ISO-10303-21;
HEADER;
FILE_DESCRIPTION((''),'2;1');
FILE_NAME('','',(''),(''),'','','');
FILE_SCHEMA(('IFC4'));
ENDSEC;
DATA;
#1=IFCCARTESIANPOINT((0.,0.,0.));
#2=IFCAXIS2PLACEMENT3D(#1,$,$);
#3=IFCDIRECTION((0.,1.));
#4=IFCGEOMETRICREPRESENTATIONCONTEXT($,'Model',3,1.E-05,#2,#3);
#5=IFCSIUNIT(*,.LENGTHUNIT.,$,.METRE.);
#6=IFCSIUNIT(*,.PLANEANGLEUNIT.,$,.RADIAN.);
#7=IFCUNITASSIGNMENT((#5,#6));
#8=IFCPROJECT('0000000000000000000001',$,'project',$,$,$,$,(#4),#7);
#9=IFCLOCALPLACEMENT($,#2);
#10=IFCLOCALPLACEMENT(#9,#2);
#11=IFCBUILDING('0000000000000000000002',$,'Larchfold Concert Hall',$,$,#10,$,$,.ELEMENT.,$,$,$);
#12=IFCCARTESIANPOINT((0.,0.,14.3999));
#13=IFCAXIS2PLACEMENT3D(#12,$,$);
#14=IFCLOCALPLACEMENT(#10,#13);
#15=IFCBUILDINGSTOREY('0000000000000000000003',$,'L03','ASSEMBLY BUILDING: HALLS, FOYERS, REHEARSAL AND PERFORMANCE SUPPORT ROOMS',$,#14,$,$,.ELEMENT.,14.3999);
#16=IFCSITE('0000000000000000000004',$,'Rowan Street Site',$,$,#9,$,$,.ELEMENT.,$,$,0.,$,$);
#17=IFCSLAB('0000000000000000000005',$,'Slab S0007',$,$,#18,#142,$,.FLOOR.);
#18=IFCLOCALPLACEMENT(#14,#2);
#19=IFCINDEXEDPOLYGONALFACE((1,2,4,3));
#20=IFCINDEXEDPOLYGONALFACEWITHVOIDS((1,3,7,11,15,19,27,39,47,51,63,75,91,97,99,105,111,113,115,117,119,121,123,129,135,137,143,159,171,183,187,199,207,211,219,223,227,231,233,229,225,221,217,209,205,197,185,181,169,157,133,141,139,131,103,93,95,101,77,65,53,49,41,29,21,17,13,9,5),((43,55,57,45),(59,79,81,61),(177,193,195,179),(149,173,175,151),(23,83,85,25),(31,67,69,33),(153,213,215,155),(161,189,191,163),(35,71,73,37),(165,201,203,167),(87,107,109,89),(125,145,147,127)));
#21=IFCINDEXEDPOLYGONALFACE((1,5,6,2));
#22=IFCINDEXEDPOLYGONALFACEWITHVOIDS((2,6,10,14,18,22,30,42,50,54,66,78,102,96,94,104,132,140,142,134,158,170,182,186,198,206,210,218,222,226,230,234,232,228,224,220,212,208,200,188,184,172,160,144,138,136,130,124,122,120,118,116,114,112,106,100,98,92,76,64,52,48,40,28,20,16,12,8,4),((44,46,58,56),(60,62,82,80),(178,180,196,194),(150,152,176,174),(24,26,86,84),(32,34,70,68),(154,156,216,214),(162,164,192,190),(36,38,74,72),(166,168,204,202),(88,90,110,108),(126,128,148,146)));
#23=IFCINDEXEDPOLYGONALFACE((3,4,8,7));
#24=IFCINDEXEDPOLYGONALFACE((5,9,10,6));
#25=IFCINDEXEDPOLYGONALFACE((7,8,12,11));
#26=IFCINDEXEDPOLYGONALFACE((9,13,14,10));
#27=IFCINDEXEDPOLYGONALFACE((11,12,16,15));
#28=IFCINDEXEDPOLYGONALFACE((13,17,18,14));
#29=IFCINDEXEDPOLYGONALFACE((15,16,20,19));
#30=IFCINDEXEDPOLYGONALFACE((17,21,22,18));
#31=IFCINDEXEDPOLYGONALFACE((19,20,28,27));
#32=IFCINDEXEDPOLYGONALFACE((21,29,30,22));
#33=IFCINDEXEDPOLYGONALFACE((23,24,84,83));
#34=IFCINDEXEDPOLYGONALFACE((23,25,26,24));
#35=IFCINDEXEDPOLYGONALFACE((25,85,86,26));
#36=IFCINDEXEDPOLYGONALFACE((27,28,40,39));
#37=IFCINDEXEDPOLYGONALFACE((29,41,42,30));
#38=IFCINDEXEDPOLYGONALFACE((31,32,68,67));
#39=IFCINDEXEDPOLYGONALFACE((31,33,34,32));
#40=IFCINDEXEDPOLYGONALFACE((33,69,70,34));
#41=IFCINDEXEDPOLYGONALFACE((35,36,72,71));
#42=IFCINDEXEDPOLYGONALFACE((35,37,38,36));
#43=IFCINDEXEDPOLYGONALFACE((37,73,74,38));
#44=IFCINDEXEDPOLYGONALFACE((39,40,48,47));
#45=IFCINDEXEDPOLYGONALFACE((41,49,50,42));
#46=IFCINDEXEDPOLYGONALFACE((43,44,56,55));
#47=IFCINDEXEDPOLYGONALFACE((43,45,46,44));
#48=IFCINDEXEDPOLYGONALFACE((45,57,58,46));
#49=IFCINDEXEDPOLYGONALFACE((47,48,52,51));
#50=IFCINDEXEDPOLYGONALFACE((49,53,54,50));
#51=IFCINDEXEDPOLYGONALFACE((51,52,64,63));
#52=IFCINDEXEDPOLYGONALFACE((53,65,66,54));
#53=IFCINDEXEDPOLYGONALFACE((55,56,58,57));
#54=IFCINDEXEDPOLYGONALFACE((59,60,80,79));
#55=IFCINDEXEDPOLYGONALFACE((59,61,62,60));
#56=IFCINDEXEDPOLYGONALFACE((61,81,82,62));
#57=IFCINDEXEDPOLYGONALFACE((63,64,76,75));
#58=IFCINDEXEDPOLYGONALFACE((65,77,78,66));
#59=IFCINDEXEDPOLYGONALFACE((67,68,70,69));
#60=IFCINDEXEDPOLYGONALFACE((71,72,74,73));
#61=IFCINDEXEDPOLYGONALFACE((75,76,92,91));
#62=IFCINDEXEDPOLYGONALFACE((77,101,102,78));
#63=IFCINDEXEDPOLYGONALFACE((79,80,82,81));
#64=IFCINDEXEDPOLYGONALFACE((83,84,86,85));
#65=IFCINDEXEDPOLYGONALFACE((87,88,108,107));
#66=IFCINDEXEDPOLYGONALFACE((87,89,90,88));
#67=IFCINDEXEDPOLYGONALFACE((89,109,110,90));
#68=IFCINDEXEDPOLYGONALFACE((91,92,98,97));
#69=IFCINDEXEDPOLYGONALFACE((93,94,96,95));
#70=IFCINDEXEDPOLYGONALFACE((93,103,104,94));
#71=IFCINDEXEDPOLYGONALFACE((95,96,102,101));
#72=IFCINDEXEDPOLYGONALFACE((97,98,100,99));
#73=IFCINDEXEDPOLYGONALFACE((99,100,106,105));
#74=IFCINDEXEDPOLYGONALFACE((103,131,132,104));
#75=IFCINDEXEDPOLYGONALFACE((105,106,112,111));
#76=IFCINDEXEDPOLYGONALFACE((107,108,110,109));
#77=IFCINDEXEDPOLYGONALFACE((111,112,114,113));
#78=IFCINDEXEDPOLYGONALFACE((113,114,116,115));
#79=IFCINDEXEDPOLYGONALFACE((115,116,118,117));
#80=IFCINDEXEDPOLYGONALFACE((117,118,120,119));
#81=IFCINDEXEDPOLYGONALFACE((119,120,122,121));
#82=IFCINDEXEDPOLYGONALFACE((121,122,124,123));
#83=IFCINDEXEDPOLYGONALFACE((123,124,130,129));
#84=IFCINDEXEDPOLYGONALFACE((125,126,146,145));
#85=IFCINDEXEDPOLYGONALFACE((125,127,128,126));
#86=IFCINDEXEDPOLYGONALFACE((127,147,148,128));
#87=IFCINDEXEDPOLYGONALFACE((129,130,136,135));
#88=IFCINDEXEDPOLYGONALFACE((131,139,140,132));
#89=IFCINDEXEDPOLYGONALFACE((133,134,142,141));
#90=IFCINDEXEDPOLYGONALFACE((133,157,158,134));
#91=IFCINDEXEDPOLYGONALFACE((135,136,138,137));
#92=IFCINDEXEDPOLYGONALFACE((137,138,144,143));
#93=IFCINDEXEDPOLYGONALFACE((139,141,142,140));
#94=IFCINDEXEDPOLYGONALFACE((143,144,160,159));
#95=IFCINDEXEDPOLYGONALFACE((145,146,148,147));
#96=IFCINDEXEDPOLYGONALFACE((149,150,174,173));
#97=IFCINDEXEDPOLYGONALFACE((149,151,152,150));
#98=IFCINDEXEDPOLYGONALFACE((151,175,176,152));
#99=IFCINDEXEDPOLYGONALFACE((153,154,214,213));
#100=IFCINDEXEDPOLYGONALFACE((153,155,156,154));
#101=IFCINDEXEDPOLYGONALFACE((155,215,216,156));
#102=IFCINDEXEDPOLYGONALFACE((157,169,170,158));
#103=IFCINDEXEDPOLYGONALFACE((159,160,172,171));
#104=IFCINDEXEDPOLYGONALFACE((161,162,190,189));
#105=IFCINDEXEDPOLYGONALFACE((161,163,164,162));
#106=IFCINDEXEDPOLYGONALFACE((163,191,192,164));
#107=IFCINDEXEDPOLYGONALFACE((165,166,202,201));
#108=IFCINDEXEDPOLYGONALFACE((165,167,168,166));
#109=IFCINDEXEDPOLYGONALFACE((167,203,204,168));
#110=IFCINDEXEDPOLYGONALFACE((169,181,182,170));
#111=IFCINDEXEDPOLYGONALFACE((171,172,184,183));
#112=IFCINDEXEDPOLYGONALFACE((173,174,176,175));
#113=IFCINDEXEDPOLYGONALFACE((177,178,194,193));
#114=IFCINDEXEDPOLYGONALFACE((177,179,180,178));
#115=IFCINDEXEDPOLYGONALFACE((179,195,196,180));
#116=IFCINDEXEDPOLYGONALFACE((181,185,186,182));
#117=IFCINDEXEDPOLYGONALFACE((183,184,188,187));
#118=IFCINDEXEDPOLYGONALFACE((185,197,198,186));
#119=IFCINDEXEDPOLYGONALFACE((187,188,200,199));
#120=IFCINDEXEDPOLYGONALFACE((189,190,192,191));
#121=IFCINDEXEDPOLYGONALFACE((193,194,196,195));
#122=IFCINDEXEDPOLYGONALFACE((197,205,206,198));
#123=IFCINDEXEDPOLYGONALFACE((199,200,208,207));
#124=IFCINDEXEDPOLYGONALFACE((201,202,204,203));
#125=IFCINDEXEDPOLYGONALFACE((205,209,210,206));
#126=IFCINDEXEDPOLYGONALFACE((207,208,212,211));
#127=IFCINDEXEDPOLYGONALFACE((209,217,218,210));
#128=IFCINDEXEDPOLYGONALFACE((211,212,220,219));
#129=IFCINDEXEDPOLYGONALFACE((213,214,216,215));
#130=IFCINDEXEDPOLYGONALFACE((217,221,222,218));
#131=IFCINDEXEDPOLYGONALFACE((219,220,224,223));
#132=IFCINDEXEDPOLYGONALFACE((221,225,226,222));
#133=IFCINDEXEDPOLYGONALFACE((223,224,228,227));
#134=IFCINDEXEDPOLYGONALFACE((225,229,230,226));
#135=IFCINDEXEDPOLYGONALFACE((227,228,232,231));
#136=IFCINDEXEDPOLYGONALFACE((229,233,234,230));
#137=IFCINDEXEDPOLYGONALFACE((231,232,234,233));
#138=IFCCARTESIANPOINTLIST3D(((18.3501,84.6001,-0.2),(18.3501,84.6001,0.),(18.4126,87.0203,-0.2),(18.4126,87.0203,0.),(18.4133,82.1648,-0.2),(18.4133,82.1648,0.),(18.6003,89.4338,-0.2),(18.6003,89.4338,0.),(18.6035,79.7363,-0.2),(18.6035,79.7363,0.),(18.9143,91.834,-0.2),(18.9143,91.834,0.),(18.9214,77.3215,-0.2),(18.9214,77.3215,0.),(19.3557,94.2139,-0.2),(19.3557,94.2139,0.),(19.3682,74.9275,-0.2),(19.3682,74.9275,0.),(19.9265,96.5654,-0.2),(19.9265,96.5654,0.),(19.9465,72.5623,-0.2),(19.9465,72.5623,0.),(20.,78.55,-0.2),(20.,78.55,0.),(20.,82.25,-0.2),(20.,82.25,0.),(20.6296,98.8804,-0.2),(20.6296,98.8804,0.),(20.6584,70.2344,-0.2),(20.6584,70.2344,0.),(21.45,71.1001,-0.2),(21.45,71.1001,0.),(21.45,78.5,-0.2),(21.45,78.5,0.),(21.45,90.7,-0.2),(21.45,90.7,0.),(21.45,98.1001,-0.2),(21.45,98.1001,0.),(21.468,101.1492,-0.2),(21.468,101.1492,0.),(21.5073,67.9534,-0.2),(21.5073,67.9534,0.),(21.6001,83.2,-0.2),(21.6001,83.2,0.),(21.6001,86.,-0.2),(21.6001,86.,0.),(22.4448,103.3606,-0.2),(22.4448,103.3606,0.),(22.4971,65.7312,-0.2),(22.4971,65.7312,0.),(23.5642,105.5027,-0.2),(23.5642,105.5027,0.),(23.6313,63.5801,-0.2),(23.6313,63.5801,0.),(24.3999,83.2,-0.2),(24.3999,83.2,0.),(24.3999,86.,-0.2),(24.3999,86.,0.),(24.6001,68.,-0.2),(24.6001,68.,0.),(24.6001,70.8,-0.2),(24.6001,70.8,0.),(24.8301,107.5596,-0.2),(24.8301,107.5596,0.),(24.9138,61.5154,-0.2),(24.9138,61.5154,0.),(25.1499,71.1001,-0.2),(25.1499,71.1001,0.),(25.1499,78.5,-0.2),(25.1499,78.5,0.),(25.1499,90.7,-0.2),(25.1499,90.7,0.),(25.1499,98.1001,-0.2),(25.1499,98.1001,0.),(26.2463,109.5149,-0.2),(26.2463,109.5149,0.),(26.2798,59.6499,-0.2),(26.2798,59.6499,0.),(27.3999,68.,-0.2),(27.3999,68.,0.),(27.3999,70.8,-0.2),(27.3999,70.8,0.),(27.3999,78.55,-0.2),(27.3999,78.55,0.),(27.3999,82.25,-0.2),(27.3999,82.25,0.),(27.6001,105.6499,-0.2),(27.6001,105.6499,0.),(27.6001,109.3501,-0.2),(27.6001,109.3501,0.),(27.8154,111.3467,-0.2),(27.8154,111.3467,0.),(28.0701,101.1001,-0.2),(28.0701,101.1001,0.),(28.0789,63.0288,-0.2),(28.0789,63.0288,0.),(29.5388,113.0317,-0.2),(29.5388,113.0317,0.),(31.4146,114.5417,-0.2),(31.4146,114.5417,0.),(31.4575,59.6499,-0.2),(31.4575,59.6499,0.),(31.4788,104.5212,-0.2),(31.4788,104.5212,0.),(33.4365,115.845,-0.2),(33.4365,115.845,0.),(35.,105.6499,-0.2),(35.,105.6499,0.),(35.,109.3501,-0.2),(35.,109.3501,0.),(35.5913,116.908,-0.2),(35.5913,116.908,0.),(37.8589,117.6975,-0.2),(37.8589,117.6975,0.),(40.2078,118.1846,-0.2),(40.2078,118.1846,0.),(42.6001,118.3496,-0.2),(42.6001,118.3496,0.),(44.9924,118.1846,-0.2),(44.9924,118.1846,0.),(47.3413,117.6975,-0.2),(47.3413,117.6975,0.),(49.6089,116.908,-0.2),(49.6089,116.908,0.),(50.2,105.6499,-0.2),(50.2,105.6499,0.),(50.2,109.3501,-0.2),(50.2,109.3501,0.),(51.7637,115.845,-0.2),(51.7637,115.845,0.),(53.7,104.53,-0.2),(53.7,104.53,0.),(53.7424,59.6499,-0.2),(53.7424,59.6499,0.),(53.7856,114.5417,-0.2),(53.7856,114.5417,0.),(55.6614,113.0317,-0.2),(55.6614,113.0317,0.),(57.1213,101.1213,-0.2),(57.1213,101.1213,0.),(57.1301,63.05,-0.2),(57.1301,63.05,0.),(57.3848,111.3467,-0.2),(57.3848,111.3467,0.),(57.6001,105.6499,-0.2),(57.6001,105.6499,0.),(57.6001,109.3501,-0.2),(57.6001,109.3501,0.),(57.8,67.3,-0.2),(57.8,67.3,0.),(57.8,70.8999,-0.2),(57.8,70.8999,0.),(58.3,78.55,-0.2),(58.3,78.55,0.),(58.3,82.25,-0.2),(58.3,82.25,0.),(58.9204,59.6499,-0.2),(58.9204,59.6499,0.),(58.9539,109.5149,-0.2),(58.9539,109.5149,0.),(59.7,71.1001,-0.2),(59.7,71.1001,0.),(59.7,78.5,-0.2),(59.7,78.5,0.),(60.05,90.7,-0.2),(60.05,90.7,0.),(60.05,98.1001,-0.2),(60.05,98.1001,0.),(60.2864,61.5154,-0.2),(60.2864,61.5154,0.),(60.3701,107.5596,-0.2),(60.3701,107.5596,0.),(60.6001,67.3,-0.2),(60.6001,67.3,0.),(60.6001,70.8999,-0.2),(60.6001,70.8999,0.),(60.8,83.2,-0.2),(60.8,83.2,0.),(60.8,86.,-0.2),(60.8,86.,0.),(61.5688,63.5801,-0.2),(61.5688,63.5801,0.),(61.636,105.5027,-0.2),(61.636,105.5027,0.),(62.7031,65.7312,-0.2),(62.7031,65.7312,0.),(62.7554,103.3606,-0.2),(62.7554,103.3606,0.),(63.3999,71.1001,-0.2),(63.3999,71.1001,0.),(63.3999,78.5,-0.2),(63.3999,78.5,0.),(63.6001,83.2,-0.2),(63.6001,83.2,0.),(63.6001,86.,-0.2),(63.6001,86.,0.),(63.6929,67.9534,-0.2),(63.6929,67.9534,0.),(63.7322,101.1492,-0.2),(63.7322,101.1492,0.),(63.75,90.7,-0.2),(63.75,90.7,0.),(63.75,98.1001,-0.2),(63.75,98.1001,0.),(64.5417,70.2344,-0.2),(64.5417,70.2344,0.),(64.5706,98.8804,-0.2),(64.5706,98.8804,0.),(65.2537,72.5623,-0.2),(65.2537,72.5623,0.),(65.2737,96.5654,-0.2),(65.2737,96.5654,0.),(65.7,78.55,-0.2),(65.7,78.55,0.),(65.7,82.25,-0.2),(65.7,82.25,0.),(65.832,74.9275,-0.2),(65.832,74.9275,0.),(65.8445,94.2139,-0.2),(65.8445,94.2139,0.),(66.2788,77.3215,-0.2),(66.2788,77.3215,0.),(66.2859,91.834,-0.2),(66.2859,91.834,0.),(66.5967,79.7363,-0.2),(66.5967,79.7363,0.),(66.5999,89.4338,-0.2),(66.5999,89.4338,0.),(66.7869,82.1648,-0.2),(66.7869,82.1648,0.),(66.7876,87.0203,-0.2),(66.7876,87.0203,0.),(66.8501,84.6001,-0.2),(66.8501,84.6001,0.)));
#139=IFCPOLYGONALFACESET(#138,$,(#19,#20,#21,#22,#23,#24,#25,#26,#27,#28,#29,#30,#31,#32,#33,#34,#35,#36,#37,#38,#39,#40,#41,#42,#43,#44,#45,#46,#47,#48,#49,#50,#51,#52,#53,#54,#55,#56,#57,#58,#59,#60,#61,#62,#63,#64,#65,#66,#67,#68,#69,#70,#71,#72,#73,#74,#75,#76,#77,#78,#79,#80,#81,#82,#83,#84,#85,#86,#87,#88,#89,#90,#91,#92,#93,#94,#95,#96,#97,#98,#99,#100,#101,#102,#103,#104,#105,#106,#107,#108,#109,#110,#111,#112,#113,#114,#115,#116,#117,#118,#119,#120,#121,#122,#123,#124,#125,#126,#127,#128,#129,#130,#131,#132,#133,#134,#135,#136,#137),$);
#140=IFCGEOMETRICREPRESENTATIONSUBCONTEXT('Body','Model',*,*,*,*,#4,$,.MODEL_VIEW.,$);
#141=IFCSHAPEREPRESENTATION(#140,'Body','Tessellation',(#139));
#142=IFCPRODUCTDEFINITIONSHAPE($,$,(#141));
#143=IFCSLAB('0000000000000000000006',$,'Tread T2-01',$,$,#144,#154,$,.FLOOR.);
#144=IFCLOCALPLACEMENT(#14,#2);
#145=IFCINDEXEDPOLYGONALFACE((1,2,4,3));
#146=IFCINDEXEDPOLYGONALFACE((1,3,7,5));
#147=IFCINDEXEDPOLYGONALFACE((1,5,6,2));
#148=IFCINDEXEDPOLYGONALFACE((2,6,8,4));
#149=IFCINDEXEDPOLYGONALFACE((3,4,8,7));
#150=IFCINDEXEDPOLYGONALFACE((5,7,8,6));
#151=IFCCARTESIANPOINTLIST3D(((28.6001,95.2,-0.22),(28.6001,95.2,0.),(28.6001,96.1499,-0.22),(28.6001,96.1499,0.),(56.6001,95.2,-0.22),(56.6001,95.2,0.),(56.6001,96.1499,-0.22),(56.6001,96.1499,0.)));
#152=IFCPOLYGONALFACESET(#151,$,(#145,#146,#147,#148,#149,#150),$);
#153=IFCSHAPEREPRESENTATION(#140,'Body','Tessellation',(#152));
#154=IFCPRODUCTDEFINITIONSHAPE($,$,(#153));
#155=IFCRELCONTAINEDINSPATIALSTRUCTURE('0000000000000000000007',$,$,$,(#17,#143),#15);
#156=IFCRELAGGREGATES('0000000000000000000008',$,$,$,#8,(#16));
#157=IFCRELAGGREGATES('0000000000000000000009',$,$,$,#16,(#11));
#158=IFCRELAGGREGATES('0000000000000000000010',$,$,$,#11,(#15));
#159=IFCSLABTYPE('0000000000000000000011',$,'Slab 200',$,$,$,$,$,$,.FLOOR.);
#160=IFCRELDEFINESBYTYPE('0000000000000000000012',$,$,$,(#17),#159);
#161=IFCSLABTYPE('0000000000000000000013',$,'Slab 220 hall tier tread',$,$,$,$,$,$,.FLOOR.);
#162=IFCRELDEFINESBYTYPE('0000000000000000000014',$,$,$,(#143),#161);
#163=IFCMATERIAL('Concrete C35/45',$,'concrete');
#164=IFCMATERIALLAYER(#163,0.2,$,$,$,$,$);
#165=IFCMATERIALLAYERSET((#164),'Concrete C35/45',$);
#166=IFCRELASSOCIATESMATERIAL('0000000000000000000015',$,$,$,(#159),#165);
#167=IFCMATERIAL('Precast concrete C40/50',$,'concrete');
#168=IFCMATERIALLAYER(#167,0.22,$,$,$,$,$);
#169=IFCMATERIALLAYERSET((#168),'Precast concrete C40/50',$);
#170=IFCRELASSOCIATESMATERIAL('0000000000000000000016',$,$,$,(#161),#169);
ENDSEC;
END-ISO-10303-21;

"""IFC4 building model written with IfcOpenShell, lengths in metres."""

from ifc_helpers import new_model, si_unit, direction, frame, origin, place, context, subcontext, project, spatial, polyline, outline, extrude, material, layer, layer_set, type_object, element, save


model = new_model("IFC4")

# Units and contexts
model_context = context("Model", 3, precision=1e-05, world=origin(), true_north=direction((0.0, 1.0)))
body_context = subcontext(model_context, "Body", "Model", "MODEL_VIEW")
ifc_project = project(units=[si_unit("LENGTHUNIT", "METRE"), si_unit("PLANEANGLEUNIT", "RADIAN")], contexts=[model_context])

# Site, building, storey
site_placement = place(None, origin())
site = spatial("IfcSite", under=ifc_project, at=site_placement, Name="Rowan Street Site", CompositionType="ELEMENT", RefElevation=0.0)
building_placement = place(site_placement, origin())
building = spatial("IfcBuilding", under=site, at=building_placement, Name="Larchfold Concert Hall", CompositionType="ELEMENT")
storey_placement = place(building_placement, frame((0.0, 0.0, 14.3999)))
storey = spatial("IfcBuildingStorey", under=building, at=storey_placement, Name="L03", Description="ASSEMBLY BUILDING: HALLS, FOYERS, REHEARSAL AND PERFORMANCE SUPPORT ROOMS", CompositionType="ELEMENT", Elevation=14.3999)

# Slabs
ifc_material_1 = material(Name="Concrete C35/45", Category="concrete")
ifc_layer_1 = layer(ifc_material_1, 0.2)
ifc_layer_set_1 = layer_set([ifc_layer_1], Name="Concrete C35/45")
slab_type_1 = type_object("IfcSlabType", Name="Slab 200", PredefinedType="FLOOR", material=ifc_layer_set_1)
slab_1_placement = place(storey_placement, frame((0.0, 0.0, -0.2)))
element("IfcSlab", 1, at=slab_1_placement, inside=storey, type_object=slab_type_1, Name="Slab S0007", PredefinedType="FLOOR", context=body_context, shape_type="SweptSolid", body=[
    extrude(outline(polyline([(24.9138, 61.5154), (26.2798, 59.6499), (31.4575, 59.6499), (28.0789, 63.0288), (28.0701, 101.1001), (31.4788, 104.5212), (53.7, 104.53), (57.1213, 101.1213), (57.1301, 63.05), (53.7424, 59.6499), (58.9204, 59.6499), (60.2864, 61.5154), (61.5688, 63.5801), (62.7031, 65.7312), (63.6929, 67.9534), (64.5417, 70.2344), (65.2537, 72.5623), (65.832, 74.9275), (66.2788, 77.3215), (66.5967, 79.7363), (66.7869, 82.1648), (66.8501, 84.6001), (66.7876, 87.0203), (66.5999, 89.4338), (66.2859, 91.834), (65.8445, 94.2139), (65.2737, 96.5654), (64.5706, 98.8804), (63.7322, 101.1492), (62.7554, 103.3606), (61.636, 105.5027), (60.3701, 107.5596), (58.9539, 109.5149), (57.3848, 111.3467), (55.6614, 113.0317), (53.7856, 114.5417), (51.7637, 115.845), (49.6089, 116.908), (47.3413, 117.6975), (44.9924, 118.1846), (42.6001, 118.3496), (40.2078, 118.1846), (37.8589, 117.6975), (35.5913, 116.908), (33.4365, 115.845), (31.4146, 114.5417), (29.5388, 113.0317), (27.8154, 111.3467), (26.2463, 109.5149), (24.8301, 107.5596), (23.5642, 105.5027), (22.4448, 103.3606), (21.468, 101.1492), (20.6296, 98.8804), (19.9265, 96.5654), (19.3557, 94.2139), (18.9143, 91.834), (18.6003, 89.4338), (18.4126, 87.0203), (18.3501, 84.6001), (18.4133, 82.1648), (18.6035, 79.7363), (18.9214, 77.3215), (19.3682, 74.9275), (19.9465, 72.5623), (20.6584, 70.2344), (21.5073, 67.9534), (22.4971, 65.7312), (23.6313, 63.5801), (24.9138, 61.5154)]), holes=[polyline([(24.6001, 70.8), (27.3999, 70.8), (27.3999, 68.0), (24.6001, 68.0), (24.6001, 70.8)]), polyline([(25.1499, 78.5), (25.1499, 71.1001), (21.45, 71.1001), (21.45, 78.5), (25.1499, 78.5)]), polyline([(27.3999, 82.25), (27.3999, 78.55), (20.0, 78.55), (20.0, 82.25), (27.3999, 82.25)]), polyline([(21.6001, 86.0), (24.3999, 86.0), (24.3999, 83.2), (21.6001, 83.2), (21.6001, 86.0)]), polyline([(25.1499, 98.1001), (25.1499, 90.7), (21.45, 90.7), (21.45, 98.1001), (25.1499, 98.1001)]), polyline([(35.0, 109.3501), (35.0, 105.6499), (27.6001, 105.6499), (27.6001, 109.3501), (35.0, 109.3501)]), polyline([(57.8, 70.8999), (60.6001, 70.8999), (60.6001, 67.3), (57.8, 67.3), (57.8, 70.8999)]), polyline([(63.3999, 78.5), (63.3999, 71.1001), (59.7, 71.1001), (59.7, 78.5), (63.3999, 78.5)]), polyline([(65.7, 82.25), (65.7, 78.55), (58.3, 78.55), (58.3, 82.25), (65.7, 82.25)]), polyline([(60.8, 86.0), (63.6001, 86.0), (63.6001, 83.2), (60.8, 83.2), (60.8, 86.0)]), polyline([(63.75, 98.1001), (63.75, 90.7), (60.05, 90.7), (60.05, 98.1001), (63.75, 98.1001)]), polyline([(57.6001, 109.3501), (57.6001, 105.6499), (50.2, 105.6499), (50.2, 109.3501), (57.6001, 109.3501)])]), origin(), (0.0, 0.0, 1.0), 0.2),
])
ifc_material_2 = material(Name="Precast concrete C40/50", Category="concrete")
ifc_layer_2 = layer(ifc_material_2, 0.22)
ifc_layer_set_2 = layer_set([ifc_layer_2], Name="Precast concrete C40/50")
slab_type_2 = type_object("IfcSlabType", Name="Slab 220 hall tier tread", PredefinedType="FLOOR", material=ifc_layer_set_2)
slab_2_placement = place(storey_placement, frame((0.0, 0.0, -0.22)))
element("IfcSlab", 2, at=slab_2_placement, inside=storey, type_object=slab_type_2, Name="Tread T2-01", PredefinedType="FLOOR", context=body_context, shape_type="SweptSolid", body=[
    extrude(outline(polyline([(56.6001, 96.1499), (28.6001, 96.1499), (28.6001, 95.2), (56.6001, 95.2), (56.6001, 96.1499)])), origin(), (0.0, 0.0, 1.0), 0.22),
])

save(model, "model.ifc")
